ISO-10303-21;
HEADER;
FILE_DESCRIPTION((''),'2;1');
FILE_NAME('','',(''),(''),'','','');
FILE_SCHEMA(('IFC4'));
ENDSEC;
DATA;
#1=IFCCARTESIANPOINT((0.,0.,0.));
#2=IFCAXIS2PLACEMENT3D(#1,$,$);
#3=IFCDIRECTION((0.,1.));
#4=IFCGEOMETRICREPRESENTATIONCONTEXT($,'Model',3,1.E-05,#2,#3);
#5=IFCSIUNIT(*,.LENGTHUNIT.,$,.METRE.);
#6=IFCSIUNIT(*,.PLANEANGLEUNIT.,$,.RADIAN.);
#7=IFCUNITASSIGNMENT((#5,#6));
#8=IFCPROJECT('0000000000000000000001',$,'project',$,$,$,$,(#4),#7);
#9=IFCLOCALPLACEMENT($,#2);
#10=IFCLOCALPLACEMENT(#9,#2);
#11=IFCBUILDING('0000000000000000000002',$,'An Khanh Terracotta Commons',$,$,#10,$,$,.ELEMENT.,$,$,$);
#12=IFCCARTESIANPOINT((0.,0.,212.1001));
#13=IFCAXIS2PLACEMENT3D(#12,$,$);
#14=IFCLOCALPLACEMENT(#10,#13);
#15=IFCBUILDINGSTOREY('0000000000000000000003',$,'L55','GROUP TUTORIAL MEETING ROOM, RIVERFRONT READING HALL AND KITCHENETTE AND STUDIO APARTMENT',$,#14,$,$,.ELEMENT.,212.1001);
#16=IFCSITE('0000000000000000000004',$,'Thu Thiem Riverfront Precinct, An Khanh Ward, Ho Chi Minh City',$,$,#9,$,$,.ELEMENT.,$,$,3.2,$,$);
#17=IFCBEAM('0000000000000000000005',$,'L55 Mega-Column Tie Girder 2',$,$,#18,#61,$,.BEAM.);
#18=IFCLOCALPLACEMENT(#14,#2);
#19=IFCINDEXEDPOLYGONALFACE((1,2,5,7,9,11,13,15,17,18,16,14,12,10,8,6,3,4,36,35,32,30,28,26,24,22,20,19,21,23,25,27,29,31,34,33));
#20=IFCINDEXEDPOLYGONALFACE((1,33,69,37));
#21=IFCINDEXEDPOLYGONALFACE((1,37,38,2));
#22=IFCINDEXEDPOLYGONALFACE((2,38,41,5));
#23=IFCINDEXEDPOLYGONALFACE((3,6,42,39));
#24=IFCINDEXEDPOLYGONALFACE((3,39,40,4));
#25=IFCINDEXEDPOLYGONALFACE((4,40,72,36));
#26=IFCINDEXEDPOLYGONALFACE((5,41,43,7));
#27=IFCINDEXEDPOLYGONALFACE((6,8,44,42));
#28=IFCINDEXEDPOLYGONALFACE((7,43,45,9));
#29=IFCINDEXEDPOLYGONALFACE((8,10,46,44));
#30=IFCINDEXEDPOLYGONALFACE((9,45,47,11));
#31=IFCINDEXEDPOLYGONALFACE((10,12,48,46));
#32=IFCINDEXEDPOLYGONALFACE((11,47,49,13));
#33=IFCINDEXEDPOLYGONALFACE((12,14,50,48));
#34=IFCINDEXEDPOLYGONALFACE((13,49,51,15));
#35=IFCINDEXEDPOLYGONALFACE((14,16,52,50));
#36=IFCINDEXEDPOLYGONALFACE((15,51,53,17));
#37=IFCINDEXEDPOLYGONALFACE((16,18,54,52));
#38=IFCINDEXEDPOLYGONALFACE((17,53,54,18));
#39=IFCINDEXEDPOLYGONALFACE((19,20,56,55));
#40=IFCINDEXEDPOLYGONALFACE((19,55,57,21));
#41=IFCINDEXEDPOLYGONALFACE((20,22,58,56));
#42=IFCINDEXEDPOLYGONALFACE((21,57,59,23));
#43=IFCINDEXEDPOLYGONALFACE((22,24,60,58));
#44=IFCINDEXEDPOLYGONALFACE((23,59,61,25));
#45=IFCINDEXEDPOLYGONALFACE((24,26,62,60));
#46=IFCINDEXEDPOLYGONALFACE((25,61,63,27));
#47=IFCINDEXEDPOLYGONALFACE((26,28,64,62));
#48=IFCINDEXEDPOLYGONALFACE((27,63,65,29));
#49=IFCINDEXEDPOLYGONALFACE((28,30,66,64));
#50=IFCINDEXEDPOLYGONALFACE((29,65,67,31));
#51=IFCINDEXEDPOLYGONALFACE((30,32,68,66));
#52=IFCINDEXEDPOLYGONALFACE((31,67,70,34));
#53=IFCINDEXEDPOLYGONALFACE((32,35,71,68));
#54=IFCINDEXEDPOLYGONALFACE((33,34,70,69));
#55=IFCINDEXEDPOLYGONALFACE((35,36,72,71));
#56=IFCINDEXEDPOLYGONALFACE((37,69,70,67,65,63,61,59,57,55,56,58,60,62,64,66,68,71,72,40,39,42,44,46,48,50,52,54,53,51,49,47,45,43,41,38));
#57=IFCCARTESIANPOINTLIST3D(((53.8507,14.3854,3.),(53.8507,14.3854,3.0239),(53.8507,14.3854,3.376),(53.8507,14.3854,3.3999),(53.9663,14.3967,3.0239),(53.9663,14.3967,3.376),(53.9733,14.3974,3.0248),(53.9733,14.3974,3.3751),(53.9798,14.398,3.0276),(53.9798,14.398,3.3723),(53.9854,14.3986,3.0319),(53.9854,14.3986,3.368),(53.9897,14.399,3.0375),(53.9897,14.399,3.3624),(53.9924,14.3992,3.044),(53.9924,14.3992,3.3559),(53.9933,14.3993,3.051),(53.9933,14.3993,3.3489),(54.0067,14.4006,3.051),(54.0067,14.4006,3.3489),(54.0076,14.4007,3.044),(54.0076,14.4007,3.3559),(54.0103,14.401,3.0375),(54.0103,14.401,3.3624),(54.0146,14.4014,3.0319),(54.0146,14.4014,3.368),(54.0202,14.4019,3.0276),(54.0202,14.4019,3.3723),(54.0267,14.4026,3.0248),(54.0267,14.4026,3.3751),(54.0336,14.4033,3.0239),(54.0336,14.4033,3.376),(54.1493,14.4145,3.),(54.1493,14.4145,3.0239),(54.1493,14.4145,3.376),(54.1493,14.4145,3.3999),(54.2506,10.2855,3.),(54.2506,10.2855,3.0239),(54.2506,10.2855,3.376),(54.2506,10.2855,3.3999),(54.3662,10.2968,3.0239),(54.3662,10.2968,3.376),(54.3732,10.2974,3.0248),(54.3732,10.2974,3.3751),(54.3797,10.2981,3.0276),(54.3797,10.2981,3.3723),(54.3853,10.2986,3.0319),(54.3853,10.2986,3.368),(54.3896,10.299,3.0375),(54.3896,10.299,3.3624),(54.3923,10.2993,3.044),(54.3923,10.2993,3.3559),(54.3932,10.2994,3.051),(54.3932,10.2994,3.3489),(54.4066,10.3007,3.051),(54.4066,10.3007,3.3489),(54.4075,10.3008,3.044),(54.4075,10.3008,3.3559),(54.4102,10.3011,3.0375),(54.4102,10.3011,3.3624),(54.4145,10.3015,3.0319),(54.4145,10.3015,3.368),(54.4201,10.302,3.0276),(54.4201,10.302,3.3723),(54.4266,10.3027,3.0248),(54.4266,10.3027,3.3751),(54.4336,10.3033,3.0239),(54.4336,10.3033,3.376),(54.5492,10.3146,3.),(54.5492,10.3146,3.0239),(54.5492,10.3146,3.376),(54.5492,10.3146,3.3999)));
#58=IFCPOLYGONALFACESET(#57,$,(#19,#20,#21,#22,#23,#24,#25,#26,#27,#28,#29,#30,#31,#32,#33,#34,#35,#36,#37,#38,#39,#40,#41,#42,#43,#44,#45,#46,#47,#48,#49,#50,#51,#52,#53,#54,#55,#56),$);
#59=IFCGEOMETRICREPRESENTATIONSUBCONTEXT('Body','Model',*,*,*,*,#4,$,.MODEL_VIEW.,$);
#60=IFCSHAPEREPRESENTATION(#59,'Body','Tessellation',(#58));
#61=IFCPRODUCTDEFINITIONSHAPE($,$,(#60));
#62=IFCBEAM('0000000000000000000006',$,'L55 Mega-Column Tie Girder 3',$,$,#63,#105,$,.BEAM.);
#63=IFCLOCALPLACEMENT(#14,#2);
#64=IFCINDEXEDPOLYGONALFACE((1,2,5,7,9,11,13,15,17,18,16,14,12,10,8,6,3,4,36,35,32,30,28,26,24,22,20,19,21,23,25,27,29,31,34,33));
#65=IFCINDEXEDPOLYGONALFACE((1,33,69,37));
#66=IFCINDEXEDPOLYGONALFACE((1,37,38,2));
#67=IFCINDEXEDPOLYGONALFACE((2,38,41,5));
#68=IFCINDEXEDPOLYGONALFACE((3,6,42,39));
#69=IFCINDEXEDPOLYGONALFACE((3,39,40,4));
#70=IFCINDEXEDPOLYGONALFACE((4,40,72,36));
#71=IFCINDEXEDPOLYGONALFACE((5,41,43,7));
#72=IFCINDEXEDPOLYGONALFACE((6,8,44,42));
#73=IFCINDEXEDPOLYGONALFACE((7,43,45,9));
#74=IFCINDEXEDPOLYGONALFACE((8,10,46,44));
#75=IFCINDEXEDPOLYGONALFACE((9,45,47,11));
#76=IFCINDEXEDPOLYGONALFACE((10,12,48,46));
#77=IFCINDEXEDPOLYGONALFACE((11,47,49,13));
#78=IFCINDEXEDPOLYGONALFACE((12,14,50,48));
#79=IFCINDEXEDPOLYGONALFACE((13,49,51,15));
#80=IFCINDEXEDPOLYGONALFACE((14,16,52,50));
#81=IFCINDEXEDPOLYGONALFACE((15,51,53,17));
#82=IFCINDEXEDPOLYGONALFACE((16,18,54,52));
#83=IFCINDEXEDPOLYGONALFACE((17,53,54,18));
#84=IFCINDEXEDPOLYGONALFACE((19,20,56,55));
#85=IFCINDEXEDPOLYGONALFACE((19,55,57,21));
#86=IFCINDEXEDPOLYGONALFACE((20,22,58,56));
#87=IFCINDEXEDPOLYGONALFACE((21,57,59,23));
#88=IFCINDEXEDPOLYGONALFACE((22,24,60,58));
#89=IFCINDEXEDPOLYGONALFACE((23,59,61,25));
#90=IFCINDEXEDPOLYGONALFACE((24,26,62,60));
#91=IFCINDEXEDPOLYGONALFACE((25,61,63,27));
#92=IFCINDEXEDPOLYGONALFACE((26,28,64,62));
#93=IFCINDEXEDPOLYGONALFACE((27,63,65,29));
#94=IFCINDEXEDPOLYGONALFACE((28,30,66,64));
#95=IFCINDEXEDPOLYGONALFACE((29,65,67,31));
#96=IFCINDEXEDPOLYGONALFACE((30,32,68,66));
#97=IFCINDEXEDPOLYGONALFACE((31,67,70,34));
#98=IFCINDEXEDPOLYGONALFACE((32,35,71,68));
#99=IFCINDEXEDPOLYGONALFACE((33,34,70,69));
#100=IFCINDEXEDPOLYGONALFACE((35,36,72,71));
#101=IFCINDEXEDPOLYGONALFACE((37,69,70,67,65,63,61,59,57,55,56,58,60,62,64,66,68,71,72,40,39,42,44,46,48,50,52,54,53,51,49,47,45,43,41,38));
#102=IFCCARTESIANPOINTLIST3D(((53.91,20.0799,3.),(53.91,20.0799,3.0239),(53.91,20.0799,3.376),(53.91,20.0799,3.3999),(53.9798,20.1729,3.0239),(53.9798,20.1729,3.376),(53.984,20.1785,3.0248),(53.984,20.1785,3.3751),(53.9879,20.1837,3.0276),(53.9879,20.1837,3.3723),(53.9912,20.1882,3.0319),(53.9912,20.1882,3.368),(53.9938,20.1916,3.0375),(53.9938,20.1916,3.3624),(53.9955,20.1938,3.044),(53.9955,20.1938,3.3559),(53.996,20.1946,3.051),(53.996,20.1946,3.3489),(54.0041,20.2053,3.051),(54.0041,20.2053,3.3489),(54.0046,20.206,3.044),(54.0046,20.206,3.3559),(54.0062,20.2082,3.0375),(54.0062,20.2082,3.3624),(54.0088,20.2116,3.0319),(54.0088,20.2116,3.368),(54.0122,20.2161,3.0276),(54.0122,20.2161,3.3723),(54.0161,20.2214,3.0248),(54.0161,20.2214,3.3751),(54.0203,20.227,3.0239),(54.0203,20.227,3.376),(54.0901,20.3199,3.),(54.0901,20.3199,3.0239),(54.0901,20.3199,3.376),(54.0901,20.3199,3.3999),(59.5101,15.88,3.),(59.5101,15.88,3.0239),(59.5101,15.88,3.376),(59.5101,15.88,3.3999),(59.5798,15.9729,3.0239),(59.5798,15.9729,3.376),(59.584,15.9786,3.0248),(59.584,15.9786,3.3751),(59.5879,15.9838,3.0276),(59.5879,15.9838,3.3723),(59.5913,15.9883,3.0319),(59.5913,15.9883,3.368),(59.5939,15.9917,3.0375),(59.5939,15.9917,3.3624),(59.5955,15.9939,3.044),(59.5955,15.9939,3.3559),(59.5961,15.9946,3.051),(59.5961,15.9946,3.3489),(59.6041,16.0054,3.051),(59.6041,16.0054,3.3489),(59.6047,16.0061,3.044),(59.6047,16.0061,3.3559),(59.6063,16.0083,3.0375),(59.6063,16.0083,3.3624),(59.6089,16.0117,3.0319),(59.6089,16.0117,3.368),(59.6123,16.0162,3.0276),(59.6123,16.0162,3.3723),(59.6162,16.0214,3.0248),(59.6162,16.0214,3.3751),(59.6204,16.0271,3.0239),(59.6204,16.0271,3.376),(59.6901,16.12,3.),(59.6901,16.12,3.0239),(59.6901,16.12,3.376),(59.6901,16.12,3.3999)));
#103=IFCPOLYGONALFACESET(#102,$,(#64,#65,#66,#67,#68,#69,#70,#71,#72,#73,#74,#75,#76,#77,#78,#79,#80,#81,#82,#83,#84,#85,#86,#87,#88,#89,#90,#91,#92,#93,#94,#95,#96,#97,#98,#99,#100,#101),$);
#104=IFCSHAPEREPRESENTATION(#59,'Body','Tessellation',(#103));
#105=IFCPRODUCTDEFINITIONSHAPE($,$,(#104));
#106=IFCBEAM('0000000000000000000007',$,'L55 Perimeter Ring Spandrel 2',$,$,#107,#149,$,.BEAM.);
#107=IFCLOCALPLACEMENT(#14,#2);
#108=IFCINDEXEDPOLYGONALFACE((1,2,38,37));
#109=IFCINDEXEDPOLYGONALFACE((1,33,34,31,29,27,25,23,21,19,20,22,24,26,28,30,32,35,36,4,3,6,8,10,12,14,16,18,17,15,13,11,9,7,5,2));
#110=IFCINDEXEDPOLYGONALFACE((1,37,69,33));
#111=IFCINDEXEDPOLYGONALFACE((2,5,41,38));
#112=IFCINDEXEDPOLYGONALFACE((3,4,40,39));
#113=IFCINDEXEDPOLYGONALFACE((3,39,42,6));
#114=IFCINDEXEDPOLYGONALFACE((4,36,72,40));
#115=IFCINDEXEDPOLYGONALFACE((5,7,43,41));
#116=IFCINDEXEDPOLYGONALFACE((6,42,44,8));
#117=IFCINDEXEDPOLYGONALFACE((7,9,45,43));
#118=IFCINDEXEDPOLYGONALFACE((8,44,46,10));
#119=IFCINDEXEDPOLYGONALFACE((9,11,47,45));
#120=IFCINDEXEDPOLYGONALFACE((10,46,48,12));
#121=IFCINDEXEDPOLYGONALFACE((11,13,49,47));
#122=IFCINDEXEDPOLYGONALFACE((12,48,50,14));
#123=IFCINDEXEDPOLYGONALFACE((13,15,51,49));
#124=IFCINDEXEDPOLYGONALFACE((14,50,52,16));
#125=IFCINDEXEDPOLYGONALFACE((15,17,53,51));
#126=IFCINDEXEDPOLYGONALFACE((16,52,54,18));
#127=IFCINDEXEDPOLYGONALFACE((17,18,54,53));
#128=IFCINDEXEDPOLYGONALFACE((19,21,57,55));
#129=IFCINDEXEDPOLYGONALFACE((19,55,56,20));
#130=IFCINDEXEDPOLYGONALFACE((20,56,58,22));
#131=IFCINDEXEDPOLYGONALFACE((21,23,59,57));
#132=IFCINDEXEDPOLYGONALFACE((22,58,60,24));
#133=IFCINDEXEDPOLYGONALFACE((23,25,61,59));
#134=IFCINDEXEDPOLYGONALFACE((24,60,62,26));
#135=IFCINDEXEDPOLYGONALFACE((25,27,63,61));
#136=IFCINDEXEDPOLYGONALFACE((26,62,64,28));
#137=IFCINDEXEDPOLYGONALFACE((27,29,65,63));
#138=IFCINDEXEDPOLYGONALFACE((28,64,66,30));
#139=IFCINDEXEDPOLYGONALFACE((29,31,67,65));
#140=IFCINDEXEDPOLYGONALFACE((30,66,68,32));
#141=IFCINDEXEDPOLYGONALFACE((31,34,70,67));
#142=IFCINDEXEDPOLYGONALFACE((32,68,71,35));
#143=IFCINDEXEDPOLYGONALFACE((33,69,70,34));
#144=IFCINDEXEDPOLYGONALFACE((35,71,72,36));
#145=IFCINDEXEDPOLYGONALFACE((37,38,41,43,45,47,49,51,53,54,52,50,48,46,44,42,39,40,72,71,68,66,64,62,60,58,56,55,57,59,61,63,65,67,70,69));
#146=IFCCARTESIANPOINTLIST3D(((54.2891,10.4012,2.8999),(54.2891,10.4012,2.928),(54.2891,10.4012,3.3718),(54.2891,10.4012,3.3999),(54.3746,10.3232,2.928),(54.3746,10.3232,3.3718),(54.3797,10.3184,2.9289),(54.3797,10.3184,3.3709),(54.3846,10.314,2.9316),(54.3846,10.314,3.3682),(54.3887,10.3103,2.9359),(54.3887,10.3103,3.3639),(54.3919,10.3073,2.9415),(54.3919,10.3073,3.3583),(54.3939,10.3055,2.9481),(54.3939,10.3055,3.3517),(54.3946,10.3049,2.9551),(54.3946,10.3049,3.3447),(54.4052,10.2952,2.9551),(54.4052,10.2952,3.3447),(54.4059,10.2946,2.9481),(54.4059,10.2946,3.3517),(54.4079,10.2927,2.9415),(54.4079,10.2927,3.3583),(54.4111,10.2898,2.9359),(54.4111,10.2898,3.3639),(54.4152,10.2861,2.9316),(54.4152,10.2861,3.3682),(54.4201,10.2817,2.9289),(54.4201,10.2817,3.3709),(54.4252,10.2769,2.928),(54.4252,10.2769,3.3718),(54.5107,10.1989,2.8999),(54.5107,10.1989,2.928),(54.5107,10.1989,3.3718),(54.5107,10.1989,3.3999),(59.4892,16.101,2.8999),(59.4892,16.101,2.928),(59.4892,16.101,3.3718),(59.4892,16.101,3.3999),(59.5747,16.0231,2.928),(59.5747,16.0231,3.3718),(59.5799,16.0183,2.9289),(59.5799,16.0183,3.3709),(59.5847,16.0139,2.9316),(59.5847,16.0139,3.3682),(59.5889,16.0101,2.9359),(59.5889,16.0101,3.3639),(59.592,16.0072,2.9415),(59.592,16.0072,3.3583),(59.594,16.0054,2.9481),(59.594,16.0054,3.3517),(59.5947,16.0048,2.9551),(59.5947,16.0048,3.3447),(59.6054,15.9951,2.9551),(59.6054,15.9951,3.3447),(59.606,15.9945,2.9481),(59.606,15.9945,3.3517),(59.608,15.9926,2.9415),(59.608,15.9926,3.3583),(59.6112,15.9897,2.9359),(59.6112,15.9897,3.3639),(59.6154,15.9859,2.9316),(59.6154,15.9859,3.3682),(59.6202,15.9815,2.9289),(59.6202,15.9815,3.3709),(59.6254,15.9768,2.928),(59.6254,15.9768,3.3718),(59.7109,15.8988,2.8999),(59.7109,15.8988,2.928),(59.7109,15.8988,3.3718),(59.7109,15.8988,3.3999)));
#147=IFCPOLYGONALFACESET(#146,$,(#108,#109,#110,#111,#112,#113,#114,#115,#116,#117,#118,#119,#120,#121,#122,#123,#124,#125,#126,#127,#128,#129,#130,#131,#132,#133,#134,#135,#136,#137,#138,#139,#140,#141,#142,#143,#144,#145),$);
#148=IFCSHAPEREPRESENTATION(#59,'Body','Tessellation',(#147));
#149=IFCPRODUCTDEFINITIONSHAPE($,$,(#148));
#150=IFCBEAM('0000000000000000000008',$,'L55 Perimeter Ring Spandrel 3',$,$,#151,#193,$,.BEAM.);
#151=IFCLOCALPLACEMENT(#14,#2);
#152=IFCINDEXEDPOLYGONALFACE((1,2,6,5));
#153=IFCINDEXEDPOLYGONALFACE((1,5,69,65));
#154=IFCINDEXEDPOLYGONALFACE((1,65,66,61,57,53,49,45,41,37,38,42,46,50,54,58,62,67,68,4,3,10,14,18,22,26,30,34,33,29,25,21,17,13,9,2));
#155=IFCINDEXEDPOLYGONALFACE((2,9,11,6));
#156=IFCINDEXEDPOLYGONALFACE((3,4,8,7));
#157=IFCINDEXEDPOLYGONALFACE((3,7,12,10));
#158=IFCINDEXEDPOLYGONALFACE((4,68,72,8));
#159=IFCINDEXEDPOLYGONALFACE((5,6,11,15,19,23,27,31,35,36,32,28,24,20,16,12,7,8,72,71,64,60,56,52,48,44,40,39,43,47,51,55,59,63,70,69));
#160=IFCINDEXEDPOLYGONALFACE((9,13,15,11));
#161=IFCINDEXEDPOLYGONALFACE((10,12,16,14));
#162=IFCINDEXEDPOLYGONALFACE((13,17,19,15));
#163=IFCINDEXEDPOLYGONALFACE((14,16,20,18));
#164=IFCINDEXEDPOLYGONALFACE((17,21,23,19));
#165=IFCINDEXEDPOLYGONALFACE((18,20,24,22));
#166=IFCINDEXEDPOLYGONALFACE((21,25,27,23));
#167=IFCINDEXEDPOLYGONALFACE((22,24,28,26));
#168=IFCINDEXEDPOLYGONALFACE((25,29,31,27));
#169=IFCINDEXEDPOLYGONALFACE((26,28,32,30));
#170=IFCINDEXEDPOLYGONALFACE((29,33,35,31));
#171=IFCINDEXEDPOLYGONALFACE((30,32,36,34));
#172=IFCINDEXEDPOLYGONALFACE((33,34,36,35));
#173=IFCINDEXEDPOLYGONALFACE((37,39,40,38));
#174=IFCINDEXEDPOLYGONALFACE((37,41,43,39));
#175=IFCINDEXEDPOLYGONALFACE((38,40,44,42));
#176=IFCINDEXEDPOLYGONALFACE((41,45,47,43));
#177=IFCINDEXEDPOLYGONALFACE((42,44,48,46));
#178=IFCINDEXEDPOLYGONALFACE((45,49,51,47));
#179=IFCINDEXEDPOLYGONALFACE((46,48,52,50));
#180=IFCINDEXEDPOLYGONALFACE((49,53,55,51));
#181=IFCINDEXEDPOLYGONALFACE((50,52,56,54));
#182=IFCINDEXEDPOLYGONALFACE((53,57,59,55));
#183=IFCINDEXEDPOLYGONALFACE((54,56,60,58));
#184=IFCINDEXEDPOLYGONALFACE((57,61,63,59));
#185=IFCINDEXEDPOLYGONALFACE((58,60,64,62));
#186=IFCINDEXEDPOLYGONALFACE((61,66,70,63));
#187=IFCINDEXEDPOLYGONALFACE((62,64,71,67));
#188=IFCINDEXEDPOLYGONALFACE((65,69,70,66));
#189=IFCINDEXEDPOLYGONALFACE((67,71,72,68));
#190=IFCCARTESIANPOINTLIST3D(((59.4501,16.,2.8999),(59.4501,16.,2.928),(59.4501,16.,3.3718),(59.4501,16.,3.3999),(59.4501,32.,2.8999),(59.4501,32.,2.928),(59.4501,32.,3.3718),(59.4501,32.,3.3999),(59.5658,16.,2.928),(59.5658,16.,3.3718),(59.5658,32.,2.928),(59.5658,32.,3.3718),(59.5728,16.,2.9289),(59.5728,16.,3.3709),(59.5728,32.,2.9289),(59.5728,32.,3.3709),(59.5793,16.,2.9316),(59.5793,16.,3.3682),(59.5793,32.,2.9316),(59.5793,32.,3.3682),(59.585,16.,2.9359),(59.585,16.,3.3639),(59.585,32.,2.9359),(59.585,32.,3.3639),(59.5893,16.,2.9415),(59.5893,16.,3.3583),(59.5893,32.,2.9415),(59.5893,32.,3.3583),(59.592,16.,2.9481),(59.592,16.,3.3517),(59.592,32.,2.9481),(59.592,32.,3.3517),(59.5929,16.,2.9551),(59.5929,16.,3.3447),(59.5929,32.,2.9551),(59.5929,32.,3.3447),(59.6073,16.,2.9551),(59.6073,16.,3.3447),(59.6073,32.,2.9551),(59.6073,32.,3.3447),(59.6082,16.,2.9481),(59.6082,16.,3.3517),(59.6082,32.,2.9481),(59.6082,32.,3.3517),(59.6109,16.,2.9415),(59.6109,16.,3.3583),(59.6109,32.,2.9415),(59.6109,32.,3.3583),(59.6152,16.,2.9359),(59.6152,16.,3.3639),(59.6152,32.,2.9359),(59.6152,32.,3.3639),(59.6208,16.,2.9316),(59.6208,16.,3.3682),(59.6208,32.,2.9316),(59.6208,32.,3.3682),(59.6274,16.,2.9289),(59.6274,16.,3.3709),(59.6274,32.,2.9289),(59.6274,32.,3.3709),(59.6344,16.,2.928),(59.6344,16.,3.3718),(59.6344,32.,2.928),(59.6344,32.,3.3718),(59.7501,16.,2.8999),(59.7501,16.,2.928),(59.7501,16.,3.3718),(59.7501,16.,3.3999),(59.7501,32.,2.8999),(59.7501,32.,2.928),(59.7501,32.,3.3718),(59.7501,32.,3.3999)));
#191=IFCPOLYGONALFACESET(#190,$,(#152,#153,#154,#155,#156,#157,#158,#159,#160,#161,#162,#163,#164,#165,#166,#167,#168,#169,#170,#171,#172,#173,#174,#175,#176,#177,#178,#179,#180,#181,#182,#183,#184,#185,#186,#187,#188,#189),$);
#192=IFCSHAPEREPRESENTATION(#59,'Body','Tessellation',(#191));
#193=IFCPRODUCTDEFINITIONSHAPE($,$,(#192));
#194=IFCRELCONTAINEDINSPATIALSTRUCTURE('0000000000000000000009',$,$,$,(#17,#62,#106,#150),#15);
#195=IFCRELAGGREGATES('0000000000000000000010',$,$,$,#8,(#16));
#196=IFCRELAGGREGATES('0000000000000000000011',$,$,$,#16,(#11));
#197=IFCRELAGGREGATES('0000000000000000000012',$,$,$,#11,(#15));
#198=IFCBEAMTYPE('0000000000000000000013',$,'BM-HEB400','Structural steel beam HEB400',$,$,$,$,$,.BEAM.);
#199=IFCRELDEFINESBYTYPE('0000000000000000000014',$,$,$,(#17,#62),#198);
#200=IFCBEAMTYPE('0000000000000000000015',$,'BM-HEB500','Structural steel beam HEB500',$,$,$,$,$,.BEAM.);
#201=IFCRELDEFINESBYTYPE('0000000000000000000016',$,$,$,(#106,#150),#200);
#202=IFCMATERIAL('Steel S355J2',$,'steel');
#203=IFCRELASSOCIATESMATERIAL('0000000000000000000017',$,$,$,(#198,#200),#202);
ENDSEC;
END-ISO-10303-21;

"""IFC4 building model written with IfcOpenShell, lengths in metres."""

from ifc_helpers import new_model, si_unit, direction, frame, origin, origin_2d, place, context, subcontext, project, spatial, i_section, extrude, material, material_profile, profile_set, type_object, element, save


model = new_model("IFC4")

# Units and contexts
model_context = context("Model", 3, precision=1e-05, world=origin(), true_north=direction((0.0, 1.0)))
body_context = subcontext(model_context, "Body", "Model", "MODEL_VIEW")
ifc_project = project(units=[si_unit("LENGTHUNIT", "METRE"), si_unit("PLANEANGLEUNIT", "RADIAN")], contexts=[model_context])

# Site, building, storey
site_placement = place(None, origin())
site = spatial("IfcSite", under=ifc_project, at=site_placement, Name="Thu Thiem Riverfront Precinct, An Khanh Ward, Ho Chi Minh City", CompositionType="ELEMENT", RefElevation=3.2)
building_placement = place(site_placement, origin())
building = spatial("IfcBuilding", under=site, at=building_placement, Name="An Khanh Terracotta Commons", CompositionType="ELEMENT")
storey_placement = place(building_placement, frame((0.0, 0.0, 212.1001)))
storey = spatial("IfcBuildingStorey", under=building, at=storey_placement, Name="L55", Description="GROUP TUTORIAL MEETING ROOM, RIVERFRONT READING HALL AND KITCHENETTE AND STUDIO APARTMENT", CompositionType="ELEMENT", Elevation=212.1001)

# Beams
ifc_material_1 = material(Name="Steel S355J2", Category="steel")
ifc_material_profile_1 = material_profile(ifc_material_1, i_section(OverallWidth=0.3, OverallDepth=0.3999, WebThickness=0.0134, FlangeThickness=0.0239, FilletRadius=0.0271, at=origin_2d()), Name="HEB400")
ifc_profile_set_1 = profile_set([ifc_material_profile_1], Name="Steel S355J2")
beam_type_1 = type_object("IfcBeamType", Name="BM-HEB400", Description="Structural steel beam HEB400", PredefinedType="BEAM", material=ifc_profile_set_1)
beam_1_placement = place(storey_placement, frame((54.3999, 10.3, 3.2), z_axis=(-0.09708, 0.995277, 0.0), x_axis=(-0.995277, -0.09708, 0.0)))
element("IfcBeam", 1, at=beam_1_placement, inside=storey, type_object=beam_type_1, Name="L55 Mega-Column Tie Girder 2", PredefinedType="BEAM", context=body_context, shape_type="SweptSolid", body=[
    extrude(i_section(OverallWidth=0.3, OverallDepth=0.3999, WebThickness=0.0134, FlangeThickness=0.0239, FilletRadius=0.0271, at=origin_2d()), origin(), (0.0, 0.0, 1.0), 4.1194),
])
beam_2_placement = place(storey_placement, frame((59.6001, 16.0, 3.2), z_axis=(-0.800008, 0.599989, 0.0), x_axis=(-0.599989, -0.800008, 0.0)))
element("IfcBeam", 2, at=beam_2_placement, inside=storey, type_object=beam_type_1, Name="L55 Mega-Column Tie Girder 3", PredefinedType="BEAM", context=body_context, shape_type="SweptSolid", body=[
    extrude(i_section(OverallWidth=0.3, OverallDepth=0.3999, WebThickness=0.0134, FlangeThickness=0.0239, FilletRadius=0.0271, at=origin_2d()), origin(), (0.0, 0.0, 1.0), 7.0),
])
ifc_material_profile_2 = material_profile(ifc_material_1, i_section(OverallWidth=0.3, OverallDepth=0.5, WebThickness=0.0144, FlangeThickness=0.0281, FilletRadius=0.0271, at=origin_2d()), Name="HEB500")
ifc_profile_set_2 = profile_set([ifc_material_profile_2], Name="Steel S355J2")
beam_type_2 = type_object("IfcBeamType", Name="BM-HEB500", Description="Structural steel beam HEB500", PredefinedType="BEAM", material=ifc_profile_set_2)
beam_3_placement = place(storey_placement, frame((54.3999, 10.3, 3.1499), z_axis=(0.673979, 0.738751, 0.0), x_axis=(-0.738751, 0.673979, 0.0)))
element("IfcBeam", 3, at=beam_3_placement, inside=storey, type_object=beam_type_2, Name="L55 Perimeter Ring Spandrel 2", PredefinedType="BEAM", context=body_context, shape_type="SweptSolid", body=[
    extrude(i_section(OverallWidth=0.3, OverallDepth=0.5, WebThickness=0.0144, FlangeThickness=0.0281, FilletRadius=0.0271, at=origin_2d()), origin(), (0.0, 0.0, 1.0), 7.7156),
])
beam_4_placement = place(storey_placement, frame((59.6001, 16.0, 3.1499), z_axis=(0.0, 1.0, 0.0), x_axis=(-1.0, 0.0, 0.0)))
element("IfcBeam", 4, at=beam_4_placement, inside=storey, type_object=beam_type_2, Name="L55 Perimeter Ring Spandrel 3", PredefinedType="BEAM", context=body_context, shape_type="SweptSolid", body=[
    extrude(i_section(OverallWidth=0.3, OverallDepth=0.5, WebThickness=0.0144, FlangeThickness=0.0281, FilletRadius=0.0271, at=origin_2d()), origin(), (0.0, 0.0, 1.0), 16.0),
])

save(model, "model.ifc")
